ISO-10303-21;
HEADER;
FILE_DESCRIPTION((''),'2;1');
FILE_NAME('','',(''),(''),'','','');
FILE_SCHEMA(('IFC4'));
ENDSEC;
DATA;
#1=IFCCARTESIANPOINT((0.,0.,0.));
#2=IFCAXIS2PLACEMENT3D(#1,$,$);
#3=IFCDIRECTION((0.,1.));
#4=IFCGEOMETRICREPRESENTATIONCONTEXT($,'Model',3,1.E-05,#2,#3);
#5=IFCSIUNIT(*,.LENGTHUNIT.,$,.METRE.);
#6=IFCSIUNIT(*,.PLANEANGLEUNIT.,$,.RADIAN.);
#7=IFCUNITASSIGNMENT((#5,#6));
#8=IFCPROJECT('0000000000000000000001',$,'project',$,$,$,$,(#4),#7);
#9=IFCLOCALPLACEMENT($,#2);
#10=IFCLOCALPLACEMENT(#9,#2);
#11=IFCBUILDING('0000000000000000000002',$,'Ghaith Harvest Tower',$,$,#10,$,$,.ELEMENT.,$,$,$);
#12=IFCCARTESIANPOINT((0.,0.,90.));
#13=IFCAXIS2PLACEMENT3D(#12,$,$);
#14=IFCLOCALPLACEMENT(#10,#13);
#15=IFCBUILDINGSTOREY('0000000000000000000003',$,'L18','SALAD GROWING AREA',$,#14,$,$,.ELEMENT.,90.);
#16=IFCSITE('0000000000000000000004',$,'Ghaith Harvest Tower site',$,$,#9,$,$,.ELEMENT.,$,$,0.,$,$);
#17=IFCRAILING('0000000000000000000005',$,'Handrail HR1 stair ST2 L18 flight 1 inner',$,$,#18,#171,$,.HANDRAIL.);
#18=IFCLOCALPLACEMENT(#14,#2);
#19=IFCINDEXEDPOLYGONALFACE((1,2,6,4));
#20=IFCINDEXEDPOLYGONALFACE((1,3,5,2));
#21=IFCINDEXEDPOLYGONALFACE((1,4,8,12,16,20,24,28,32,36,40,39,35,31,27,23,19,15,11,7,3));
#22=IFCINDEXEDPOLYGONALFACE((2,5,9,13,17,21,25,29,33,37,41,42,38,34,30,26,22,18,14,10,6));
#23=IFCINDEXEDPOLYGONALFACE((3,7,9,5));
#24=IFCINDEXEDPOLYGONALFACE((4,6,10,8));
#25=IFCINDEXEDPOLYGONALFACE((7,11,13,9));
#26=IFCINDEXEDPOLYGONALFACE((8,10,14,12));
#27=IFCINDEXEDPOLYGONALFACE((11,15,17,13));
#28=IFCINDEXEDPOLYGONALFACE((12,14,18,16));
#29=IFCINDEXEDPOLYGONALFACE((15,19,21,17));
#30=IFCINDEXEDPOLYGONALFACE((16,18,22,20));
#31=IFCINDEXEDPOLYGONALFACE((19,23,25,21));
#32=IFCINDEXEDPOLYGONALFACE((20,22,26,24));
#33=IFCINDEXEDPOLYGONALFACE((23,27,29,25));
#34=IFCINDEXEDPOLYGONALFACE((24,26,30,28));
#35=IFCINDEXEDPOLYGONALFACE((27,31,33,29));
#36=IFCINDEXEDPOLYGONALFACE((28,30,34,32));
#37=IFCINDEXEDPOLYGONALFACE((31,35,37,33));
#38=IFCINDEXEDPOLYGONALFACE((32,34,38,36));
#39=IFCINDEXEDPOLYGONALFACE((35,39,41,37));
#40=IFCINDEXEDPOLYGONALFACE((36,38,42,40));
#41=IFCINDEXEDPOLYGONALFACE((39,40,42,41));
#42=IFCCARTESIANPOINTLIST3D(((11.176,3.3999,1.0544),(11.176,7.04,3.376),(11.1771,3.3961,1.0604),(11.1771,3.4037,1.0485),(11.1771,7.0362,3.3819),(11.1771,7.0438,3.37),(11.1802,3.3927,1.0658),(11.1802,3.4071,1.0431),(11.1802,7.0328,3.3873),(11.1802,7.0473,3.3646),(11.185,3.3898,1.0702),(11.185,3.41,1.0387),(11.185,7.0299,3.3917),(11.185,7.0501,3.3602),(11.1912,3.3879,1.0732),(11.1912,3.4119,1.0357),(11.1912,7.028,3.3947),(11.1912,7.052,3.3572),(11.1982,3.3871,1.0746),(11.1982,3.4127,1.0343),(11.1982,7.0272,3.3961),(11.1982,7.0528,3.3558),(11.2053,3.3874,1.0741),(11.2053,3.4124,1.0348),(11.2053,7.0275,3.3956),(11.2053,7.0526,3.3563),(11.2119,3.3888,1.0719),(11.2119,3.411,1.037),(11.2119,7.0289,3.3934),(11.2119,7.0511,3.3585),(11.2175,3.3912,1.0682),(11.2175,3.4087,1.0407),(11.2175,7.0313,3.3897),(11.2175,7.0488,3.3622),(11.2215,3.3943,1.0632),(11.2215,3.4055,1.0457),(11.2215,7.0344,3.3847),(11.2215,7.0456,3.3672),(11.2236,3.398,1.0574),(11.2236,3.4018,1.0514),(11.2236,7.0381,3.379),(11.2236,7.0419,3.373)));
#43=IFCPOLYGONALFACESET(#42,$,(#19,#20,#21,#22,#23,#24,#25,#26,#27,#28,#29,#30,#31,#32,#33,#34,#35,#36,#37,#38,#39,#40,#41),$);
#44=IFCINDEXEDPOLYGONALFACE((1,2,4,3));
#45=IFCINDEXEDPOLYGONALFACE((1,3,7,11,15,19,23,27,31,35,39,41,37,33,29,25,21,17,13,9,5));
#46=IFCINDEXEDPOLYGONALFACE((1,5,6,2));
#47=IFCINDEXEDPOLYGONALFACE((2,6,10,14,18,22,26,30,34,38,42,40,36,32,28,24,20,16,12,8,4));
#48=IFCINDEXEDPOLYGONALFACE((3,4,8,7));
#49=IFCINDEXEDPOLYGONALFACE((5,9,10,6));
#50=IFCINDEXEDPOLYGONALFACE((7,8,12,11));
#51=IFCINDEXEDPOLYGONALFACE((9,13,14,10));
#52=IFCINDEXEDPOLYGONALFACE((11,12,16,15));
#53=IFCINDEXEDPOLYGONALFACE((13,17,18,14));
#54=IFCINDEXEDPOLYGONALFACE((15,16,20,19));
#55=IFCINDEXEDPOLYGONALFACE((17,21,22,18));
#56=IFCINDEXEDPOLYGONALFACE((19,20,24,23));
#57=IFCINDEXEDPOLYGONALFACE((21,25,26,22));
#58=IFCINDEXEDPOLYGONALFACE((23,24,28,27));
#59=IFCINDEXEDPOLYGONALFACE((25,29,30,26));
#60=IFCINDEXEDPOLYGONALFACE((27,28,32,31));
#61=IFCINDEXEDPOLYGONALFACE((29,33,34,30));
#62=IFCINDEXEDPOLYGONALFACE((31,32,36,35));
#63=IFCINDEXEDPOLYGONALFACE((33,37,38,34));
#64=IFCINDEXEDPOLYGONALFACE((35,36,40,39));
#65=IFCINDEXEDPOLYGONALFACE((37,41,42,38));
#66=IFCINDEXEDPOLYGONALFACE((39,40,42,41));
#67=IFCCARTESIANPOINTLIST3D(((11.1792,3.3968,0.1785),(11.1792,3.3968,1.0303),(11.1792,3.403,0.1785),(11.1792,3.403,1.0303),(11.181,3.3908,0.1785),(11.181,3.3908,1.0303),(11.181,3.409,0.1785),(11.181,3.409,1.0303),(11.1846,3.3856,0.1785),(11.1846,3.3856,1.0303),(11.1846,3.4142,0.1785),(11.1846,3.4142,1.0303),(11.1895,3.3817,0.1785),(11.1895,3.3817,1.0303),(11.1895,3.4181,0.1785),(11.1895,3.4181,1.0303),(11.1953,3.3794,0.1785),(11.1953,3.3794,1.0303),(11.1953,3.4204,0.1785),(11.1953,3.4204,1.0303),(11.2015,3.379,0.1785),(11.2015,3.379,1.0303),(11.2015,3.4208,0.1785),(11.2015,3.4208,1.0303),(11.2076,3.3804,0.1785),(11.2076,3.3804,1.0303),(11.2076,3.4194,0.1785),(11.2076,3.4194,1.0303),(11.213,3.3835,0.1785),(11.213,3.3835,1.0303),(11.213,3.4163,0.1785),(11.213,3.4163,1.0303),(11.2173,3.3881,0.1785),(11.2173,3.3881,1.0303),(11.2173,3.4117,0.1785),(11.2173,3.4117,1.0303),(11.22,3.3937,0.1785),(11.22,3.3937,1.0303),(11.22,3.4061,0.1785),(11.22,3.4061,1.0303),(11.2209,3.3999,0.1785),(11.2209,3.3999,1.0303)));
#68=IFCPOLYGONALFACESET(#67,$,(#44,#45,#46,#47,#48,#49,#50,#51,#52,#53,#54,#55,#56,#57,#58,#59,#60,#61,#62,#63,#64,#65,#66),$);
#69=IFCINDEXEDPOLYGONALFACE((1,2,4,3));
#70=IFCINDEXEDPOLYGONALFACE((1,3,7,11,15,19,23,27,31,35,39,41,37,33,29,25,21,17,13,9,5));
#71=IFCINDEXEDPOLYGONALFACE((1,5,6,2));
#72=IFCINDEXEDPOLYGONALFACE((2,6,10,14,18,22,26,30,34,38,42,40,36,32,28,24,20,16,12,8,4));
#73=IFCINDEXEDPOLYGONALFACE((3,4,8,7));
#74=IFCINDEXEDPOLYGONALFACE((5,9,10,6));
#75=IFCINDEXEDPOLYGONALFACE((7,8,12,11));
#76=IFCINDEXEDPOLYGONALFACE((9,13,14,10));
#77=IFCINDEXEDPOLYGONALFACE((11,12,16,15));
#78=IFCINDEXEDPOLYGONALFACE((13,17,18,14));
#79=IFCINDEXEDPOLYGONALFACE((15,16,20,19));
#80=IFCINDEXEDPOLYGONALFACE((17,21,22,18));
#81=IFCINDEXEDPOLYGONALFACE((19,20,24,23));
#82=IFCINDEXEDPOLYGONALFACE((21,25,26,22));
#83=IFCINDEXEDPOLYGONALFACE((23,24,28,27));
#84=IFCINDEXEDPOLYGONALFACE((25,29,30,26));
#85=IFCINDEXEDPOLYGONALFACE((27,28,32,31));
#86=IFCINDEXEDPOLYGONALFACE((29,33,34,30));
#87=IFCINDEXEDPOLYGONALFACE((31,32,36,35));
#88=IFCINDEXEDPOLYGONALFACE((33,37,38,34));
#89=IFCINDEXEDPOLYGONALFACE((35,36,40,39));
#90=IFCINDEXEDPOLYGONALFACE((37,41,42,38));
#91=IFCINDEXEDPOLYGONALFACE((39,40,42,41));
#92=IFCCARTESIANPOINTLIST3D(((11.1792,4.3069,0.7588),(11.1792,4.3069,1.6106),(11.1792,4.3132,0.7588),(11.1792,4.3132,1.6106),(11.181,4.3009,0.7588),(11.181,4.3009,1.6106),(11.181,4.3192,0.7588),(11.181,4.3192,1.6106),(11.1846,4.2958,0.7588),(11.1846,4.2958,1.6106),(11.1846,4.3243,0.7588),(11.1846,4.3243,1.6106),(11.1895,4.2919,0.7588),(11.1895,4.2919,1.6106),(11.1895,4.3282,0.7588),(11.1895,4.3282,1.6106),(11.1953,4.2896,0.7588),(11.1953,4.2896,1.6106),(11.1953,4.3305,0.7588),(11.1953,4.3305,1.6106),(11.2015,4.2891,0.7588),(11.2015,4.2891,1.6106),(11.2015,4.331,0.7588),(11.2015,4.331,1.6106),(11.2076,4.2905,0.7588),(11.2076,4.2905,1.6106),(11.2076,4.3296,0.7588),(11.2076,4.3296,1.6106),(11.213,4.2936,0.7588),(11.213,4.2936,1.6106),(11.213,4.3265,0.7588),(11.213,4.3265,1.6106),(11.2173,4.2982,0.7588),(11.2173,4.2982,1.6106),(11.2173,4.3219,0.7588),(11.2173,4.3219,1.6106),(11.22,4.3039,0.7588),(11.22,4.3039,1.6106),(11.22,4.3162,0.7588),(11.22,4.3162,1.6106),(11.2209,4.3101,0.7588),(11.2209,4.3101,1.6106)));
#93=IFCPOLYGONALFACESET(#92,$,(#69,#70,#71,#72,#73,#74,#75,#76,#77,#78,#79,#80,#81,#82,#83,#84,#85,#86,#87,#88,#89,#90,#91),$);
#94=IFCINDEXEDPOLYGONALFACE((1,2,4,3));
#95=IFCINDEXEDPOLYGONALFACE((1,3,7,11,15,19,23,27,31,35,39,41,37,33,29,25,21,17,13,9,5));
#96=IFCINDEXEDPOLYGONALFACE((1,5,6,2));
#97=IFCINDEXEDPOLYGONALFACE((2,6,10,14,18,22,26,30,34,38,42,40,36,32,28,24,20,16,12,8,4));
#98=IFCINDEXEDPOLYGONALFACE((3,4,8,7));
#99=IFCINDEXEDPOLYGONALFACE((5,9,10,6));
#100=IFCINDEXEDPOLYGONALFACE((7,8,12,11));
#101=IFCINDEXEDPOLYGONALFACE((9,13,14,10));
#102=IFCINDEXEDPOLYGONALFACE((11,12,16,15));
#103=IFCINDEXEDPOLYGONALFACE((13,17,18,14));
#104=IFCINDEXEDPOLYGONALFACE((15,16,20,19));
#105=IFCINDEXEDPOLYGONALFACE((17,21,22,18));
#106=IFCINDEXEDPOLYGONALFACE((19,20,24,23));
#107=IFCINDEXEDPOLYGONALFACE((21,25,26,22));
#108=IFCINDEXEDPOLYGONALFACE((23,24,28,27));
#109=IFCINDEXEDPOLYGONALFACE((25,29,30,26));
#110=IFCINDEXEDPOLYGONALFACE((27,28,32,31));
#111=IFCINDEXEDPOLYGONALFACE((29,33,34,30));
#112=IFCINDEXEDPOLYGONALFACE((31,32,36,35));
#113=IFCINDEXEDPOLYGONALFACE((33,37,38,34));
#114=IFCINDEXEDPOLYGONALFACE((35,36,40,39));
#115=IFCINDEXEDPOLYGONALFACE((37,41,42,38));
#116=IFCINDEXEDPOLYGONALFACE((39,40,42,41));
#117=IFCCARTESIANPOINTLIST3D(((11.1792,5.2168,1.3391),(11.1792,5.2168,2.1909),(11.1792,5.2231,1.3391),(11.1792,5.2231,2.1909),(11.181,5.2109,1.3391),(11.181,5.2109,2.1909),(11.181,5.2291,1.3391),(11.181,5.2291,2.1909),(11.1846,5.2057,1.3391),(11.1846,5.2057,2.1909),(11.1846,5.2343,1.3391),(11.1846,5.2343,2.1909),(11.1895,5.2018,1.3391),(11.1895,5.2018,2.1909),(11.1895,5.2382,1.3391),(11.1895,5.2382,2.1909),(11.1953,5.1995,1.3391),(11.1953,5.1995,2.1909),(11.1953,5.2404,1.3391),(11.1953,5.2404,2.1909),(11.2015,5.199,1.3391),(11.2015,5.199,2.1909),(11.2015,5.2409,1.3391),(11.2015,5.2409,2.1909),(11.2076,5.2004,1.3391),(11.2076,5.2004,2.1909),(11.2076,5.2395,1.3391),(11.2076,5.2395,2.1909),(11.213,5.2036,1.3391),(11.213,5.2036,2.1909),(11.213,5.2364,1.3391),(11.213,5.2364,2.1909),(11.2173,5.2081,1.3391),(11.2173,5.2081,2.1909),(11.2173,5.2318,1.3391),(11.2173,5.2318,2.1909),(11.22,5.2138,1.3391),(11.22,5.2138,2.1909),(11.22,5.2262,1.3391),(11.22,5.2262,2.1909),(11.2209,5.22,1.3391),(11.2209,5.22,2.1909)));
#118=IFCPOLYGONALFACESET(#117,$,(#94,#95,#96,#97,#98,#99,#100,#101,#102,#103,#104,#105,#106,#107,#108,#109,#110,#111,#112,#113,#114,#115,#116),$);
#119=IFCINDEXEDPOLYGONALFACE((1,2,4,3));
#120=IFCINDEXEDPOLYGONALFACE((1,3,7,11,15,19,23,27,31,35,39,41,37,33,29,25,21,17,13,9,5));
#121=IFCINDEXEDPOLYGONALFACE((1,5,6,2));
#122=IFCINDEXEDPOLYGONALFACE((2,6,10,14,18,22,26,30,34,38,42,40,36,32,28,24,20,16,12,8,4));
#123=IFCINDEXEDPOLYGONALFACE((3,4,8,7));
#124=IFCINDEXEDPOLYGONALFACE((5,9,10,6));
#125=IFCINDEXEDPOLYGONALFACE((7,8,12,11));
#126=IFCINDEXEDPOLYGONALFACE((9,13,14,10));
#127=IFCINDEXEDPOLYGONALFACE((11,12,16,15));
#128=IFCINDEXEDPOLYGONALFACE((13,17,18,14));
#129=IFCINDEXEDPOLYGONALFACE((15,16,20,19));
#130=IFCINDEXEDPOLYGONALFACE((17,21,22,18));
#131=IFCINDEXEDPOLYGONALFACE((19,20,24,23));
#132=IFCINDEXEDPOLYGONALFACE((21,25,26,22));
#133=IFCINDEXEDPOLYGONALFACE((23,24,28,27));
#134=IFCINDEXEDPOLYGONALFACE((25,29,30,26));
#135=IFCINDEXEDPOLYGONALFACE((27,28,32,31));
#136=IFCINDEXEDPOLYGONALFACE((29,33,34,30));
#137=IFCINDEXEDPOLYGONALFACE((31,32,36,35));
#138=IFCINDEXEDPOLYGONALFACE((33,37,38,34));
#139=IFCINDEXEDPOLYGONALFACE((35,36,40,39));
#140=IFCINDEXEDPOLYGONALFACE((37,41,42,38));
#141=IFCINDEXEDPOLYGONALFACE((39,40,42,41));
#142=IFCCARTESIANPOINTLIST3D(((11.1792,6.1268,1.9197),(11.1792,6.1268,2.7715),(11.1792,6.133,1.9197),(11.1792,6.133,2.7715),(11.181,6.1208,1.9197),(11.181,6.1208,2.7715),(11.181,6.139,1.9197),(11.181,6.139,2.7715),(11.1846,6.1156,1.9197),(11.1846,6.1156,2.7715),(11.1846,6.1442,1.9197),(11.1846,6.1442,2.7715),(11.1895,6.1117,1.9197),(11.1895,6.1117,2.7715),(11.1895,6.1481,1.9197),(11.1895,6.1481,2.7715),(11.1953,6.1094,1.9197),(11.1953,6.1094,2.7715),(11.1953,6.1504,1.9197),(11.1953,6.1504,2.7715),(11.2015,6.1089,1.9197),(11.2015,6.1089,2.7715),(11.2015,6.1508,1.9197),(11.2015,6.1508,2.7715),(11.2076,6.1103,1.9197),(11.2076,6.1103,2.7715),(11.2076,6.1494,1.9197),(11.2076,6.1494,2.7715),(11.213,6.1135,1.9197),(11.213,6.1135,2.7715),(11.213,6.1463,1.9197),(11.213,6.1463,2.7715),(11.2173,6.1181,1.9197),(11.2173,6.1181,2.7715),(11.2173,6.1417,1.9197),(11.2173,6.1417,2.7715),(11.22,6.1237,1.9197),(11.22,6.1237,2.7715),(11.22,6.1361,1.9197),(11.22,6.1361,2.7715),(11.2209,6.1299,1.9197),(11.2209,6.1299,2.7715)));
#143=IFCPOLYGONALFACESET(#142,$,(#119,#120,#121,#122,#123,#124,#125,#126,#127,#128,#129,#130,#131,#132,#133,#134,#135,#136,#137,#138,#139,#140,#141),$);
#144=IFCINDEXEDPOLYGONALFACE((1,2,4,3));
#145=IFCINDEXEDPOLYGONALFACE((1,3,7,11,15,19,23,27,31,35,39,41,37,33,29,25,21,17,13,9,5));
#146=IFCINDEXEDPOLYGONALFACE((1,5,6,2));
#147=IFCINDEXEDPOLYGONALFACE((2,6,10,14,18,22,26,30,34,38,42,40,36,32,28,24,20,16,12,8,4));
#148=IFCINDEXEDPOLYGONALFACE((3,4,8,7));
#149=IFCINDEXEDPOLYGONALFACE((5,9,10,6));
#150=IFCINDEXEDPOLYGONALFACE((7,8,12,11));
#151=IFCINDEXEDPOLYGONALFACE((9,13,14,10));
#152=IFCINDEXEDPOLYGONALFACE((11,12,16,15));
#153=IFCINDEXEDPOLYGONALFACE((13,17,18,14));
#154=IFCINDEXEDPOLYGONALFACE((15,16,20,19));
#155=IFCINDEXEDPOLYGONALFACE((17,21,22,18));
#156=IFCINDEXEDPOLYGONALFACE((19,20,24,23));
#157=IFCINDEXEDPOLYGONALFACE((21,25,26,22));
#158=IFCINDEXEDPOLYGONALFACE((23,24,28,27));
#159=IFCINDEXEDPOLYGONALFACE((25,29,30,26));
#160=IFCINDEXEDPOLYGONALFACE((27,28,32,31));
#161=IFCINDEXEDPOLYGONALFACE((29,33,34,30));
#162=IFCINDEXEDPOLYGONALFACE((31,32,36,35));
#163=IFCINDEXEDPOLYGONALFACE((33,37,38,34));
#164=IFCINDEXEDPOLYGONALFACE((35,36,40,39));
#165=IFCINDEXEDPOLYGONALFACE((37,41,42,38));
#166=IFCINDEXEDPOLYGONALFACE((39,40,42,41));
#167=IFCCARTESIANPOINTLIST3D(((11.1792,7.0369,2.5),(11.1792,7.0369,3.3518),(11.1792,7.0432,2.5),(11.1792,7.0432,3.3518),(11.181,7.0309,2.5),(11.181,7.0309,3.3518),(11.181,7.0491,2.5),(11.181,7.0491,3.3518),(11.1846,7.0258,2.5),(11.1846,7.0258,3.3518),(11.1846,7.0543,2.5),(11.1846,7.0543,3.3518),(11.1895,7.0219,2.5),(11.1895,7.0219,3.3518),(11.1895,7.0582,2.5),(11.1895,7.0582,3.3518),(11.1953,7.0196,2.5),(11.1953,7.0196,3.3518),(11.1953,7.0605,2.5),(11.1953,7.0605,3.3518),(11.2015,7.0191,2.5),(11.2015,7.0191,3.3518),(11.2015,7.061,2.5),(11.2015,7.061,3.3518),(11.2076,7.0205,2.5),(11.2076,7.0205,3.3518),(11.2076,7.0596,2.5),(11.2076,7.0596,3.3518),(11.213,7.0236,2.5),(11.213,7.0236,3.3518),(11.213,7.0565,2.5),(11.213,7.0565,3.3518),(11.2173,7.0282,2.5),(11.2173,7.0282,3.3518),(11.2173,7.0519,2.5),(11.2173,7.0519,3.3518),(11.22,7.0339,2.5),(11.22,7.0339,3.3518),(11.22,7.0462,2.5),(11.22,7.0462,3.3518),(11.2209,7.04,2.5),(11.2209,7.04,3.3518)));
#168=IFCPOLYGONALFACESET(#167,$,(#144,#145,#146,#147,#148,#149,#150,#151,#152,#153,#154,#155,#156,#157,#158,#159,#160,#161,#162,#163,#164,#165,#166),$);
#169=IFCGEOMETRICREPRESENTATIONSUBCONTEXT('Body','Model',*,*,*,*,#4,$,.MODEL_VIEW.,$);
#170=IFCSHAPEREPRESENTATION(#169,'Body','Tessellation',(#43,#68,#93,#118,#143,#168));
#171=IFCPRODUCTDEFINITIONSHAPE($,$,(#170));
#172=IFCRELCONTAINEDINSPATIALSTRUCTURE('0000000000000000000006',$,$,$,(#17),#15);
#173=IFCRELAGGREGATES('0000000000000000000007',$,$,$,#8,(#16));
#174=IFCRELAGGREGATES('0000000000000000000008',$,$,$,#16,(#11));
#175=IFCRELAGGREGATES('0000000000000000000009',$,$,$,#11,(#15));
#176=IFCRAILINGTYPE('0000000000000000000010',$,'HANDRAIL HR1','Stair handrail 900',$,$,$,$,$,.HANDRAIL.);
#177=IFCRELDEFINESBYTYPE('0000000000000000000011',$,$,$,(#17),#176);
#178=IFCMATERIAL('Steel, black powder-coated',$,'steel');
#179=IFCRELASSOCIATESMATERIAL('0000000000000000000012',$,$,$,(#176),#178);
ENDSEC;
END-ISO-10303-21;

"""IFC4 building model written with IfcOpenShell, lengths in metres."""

from ifc_helpers import new_model, si_unit, direction, frame, origin, origin_2d, place, context, subcontext, project, spatial, circle, extrude, material, type_object, element, save


model = new_model("IFC4")

# Units and contexts
model_context = context("Model", 3, precision=1e-05, world=origin(), true_north=direction((0.0, 1.0)))
body_context = subcontext(model_context, "Body", "Model", "MODEL_VIEW")
ifc_project = project(units=[si_unit("LENGTHUNIT", "METRE"), si_unit("PLANEANGLEUNIT", "RADIAN")], contexts=[model_context])

# Site, building, storey
site_placement = place(None, origin())
site = spatial("IfcSite", under=ifc_project, at=site_placement, Name="Ghaith Harvest Tower site", CompositionType="ELEMENT", RefElevation=0.0)
building_placement = place(site_placement, origin())
building = spatial("IfcBuilding", under=site, at=building_placement, Name="Ghaith Harvest Tower", CompositionType="ELEMENT")
storey_placement = place(building_placement, frame((0.0, 0.0, 90.0)))
storey = spatial("IfcBuildingStorey", under=building, at=storey_placement, Name="L18", Description="SALAD GROWING AREA", CompositionType="ELEMENT", Elevation=90.0)

# Railing
ifc_material_1 = material(Name="Steel, black powder-coated", Category="steel")
railing_type = type_object("IfcRailingType", Name="HANDRAIL HR1", Description="Stair handrail 900", PredefinedType="HANDRAIL", material=ifc_material_1)
railing_1_placement = place(storey_placement, frame((11.2, 3.3999, 0.1785)))
element("IfcRailing", 1, at=railing_1_placement, inside=storey, type_object=railing_type, Name="Handrail HR1 stair ST2 L18 flight 1 inner", PredefinedType="HANDRAIL", context=body_context, shape_type="SweptSolid", body=[
    extrude(circle(Radius=0.0239, at=origin_2d()), frame((0.0, 0.0, 0.876), z_axis=(0.0, 0.843128, 0.537713), x_axis=(-1.0, 0.0, 0.0)), (0.0, 0.0, 1.0), 4.3174),
    extrude(circle(Radius=0.021, at=origin_2d()), origin(), (0.0, 0.0, 1.0), 0.8518),
    extrude(circle(Radius=0.021, at=origin_2d()), frame((0.0, 0.9102, 0.5803)), (0.0, 0.0, 1.0), 0.8518),
    extrude(circle(Radius=0.021, at=origin_2d()), frame((0.0, 1.8201, 1.1606)), (0.0, 0.0, 1.0), 0.8518),
    extrude(circle(Radius=0.021, at=origin_2d()), frame((0.0, 2.73, 1.7412)), (0.0, 0.0, 1.0), 0.8518),
    extrude(circle(Radius=0.021, at=origin_2d()), frame((0.0, 3.6401, 2.3215)), (0.0, 0.0, 1.0), 0.8518),
])

save(model, "model.ifc")
